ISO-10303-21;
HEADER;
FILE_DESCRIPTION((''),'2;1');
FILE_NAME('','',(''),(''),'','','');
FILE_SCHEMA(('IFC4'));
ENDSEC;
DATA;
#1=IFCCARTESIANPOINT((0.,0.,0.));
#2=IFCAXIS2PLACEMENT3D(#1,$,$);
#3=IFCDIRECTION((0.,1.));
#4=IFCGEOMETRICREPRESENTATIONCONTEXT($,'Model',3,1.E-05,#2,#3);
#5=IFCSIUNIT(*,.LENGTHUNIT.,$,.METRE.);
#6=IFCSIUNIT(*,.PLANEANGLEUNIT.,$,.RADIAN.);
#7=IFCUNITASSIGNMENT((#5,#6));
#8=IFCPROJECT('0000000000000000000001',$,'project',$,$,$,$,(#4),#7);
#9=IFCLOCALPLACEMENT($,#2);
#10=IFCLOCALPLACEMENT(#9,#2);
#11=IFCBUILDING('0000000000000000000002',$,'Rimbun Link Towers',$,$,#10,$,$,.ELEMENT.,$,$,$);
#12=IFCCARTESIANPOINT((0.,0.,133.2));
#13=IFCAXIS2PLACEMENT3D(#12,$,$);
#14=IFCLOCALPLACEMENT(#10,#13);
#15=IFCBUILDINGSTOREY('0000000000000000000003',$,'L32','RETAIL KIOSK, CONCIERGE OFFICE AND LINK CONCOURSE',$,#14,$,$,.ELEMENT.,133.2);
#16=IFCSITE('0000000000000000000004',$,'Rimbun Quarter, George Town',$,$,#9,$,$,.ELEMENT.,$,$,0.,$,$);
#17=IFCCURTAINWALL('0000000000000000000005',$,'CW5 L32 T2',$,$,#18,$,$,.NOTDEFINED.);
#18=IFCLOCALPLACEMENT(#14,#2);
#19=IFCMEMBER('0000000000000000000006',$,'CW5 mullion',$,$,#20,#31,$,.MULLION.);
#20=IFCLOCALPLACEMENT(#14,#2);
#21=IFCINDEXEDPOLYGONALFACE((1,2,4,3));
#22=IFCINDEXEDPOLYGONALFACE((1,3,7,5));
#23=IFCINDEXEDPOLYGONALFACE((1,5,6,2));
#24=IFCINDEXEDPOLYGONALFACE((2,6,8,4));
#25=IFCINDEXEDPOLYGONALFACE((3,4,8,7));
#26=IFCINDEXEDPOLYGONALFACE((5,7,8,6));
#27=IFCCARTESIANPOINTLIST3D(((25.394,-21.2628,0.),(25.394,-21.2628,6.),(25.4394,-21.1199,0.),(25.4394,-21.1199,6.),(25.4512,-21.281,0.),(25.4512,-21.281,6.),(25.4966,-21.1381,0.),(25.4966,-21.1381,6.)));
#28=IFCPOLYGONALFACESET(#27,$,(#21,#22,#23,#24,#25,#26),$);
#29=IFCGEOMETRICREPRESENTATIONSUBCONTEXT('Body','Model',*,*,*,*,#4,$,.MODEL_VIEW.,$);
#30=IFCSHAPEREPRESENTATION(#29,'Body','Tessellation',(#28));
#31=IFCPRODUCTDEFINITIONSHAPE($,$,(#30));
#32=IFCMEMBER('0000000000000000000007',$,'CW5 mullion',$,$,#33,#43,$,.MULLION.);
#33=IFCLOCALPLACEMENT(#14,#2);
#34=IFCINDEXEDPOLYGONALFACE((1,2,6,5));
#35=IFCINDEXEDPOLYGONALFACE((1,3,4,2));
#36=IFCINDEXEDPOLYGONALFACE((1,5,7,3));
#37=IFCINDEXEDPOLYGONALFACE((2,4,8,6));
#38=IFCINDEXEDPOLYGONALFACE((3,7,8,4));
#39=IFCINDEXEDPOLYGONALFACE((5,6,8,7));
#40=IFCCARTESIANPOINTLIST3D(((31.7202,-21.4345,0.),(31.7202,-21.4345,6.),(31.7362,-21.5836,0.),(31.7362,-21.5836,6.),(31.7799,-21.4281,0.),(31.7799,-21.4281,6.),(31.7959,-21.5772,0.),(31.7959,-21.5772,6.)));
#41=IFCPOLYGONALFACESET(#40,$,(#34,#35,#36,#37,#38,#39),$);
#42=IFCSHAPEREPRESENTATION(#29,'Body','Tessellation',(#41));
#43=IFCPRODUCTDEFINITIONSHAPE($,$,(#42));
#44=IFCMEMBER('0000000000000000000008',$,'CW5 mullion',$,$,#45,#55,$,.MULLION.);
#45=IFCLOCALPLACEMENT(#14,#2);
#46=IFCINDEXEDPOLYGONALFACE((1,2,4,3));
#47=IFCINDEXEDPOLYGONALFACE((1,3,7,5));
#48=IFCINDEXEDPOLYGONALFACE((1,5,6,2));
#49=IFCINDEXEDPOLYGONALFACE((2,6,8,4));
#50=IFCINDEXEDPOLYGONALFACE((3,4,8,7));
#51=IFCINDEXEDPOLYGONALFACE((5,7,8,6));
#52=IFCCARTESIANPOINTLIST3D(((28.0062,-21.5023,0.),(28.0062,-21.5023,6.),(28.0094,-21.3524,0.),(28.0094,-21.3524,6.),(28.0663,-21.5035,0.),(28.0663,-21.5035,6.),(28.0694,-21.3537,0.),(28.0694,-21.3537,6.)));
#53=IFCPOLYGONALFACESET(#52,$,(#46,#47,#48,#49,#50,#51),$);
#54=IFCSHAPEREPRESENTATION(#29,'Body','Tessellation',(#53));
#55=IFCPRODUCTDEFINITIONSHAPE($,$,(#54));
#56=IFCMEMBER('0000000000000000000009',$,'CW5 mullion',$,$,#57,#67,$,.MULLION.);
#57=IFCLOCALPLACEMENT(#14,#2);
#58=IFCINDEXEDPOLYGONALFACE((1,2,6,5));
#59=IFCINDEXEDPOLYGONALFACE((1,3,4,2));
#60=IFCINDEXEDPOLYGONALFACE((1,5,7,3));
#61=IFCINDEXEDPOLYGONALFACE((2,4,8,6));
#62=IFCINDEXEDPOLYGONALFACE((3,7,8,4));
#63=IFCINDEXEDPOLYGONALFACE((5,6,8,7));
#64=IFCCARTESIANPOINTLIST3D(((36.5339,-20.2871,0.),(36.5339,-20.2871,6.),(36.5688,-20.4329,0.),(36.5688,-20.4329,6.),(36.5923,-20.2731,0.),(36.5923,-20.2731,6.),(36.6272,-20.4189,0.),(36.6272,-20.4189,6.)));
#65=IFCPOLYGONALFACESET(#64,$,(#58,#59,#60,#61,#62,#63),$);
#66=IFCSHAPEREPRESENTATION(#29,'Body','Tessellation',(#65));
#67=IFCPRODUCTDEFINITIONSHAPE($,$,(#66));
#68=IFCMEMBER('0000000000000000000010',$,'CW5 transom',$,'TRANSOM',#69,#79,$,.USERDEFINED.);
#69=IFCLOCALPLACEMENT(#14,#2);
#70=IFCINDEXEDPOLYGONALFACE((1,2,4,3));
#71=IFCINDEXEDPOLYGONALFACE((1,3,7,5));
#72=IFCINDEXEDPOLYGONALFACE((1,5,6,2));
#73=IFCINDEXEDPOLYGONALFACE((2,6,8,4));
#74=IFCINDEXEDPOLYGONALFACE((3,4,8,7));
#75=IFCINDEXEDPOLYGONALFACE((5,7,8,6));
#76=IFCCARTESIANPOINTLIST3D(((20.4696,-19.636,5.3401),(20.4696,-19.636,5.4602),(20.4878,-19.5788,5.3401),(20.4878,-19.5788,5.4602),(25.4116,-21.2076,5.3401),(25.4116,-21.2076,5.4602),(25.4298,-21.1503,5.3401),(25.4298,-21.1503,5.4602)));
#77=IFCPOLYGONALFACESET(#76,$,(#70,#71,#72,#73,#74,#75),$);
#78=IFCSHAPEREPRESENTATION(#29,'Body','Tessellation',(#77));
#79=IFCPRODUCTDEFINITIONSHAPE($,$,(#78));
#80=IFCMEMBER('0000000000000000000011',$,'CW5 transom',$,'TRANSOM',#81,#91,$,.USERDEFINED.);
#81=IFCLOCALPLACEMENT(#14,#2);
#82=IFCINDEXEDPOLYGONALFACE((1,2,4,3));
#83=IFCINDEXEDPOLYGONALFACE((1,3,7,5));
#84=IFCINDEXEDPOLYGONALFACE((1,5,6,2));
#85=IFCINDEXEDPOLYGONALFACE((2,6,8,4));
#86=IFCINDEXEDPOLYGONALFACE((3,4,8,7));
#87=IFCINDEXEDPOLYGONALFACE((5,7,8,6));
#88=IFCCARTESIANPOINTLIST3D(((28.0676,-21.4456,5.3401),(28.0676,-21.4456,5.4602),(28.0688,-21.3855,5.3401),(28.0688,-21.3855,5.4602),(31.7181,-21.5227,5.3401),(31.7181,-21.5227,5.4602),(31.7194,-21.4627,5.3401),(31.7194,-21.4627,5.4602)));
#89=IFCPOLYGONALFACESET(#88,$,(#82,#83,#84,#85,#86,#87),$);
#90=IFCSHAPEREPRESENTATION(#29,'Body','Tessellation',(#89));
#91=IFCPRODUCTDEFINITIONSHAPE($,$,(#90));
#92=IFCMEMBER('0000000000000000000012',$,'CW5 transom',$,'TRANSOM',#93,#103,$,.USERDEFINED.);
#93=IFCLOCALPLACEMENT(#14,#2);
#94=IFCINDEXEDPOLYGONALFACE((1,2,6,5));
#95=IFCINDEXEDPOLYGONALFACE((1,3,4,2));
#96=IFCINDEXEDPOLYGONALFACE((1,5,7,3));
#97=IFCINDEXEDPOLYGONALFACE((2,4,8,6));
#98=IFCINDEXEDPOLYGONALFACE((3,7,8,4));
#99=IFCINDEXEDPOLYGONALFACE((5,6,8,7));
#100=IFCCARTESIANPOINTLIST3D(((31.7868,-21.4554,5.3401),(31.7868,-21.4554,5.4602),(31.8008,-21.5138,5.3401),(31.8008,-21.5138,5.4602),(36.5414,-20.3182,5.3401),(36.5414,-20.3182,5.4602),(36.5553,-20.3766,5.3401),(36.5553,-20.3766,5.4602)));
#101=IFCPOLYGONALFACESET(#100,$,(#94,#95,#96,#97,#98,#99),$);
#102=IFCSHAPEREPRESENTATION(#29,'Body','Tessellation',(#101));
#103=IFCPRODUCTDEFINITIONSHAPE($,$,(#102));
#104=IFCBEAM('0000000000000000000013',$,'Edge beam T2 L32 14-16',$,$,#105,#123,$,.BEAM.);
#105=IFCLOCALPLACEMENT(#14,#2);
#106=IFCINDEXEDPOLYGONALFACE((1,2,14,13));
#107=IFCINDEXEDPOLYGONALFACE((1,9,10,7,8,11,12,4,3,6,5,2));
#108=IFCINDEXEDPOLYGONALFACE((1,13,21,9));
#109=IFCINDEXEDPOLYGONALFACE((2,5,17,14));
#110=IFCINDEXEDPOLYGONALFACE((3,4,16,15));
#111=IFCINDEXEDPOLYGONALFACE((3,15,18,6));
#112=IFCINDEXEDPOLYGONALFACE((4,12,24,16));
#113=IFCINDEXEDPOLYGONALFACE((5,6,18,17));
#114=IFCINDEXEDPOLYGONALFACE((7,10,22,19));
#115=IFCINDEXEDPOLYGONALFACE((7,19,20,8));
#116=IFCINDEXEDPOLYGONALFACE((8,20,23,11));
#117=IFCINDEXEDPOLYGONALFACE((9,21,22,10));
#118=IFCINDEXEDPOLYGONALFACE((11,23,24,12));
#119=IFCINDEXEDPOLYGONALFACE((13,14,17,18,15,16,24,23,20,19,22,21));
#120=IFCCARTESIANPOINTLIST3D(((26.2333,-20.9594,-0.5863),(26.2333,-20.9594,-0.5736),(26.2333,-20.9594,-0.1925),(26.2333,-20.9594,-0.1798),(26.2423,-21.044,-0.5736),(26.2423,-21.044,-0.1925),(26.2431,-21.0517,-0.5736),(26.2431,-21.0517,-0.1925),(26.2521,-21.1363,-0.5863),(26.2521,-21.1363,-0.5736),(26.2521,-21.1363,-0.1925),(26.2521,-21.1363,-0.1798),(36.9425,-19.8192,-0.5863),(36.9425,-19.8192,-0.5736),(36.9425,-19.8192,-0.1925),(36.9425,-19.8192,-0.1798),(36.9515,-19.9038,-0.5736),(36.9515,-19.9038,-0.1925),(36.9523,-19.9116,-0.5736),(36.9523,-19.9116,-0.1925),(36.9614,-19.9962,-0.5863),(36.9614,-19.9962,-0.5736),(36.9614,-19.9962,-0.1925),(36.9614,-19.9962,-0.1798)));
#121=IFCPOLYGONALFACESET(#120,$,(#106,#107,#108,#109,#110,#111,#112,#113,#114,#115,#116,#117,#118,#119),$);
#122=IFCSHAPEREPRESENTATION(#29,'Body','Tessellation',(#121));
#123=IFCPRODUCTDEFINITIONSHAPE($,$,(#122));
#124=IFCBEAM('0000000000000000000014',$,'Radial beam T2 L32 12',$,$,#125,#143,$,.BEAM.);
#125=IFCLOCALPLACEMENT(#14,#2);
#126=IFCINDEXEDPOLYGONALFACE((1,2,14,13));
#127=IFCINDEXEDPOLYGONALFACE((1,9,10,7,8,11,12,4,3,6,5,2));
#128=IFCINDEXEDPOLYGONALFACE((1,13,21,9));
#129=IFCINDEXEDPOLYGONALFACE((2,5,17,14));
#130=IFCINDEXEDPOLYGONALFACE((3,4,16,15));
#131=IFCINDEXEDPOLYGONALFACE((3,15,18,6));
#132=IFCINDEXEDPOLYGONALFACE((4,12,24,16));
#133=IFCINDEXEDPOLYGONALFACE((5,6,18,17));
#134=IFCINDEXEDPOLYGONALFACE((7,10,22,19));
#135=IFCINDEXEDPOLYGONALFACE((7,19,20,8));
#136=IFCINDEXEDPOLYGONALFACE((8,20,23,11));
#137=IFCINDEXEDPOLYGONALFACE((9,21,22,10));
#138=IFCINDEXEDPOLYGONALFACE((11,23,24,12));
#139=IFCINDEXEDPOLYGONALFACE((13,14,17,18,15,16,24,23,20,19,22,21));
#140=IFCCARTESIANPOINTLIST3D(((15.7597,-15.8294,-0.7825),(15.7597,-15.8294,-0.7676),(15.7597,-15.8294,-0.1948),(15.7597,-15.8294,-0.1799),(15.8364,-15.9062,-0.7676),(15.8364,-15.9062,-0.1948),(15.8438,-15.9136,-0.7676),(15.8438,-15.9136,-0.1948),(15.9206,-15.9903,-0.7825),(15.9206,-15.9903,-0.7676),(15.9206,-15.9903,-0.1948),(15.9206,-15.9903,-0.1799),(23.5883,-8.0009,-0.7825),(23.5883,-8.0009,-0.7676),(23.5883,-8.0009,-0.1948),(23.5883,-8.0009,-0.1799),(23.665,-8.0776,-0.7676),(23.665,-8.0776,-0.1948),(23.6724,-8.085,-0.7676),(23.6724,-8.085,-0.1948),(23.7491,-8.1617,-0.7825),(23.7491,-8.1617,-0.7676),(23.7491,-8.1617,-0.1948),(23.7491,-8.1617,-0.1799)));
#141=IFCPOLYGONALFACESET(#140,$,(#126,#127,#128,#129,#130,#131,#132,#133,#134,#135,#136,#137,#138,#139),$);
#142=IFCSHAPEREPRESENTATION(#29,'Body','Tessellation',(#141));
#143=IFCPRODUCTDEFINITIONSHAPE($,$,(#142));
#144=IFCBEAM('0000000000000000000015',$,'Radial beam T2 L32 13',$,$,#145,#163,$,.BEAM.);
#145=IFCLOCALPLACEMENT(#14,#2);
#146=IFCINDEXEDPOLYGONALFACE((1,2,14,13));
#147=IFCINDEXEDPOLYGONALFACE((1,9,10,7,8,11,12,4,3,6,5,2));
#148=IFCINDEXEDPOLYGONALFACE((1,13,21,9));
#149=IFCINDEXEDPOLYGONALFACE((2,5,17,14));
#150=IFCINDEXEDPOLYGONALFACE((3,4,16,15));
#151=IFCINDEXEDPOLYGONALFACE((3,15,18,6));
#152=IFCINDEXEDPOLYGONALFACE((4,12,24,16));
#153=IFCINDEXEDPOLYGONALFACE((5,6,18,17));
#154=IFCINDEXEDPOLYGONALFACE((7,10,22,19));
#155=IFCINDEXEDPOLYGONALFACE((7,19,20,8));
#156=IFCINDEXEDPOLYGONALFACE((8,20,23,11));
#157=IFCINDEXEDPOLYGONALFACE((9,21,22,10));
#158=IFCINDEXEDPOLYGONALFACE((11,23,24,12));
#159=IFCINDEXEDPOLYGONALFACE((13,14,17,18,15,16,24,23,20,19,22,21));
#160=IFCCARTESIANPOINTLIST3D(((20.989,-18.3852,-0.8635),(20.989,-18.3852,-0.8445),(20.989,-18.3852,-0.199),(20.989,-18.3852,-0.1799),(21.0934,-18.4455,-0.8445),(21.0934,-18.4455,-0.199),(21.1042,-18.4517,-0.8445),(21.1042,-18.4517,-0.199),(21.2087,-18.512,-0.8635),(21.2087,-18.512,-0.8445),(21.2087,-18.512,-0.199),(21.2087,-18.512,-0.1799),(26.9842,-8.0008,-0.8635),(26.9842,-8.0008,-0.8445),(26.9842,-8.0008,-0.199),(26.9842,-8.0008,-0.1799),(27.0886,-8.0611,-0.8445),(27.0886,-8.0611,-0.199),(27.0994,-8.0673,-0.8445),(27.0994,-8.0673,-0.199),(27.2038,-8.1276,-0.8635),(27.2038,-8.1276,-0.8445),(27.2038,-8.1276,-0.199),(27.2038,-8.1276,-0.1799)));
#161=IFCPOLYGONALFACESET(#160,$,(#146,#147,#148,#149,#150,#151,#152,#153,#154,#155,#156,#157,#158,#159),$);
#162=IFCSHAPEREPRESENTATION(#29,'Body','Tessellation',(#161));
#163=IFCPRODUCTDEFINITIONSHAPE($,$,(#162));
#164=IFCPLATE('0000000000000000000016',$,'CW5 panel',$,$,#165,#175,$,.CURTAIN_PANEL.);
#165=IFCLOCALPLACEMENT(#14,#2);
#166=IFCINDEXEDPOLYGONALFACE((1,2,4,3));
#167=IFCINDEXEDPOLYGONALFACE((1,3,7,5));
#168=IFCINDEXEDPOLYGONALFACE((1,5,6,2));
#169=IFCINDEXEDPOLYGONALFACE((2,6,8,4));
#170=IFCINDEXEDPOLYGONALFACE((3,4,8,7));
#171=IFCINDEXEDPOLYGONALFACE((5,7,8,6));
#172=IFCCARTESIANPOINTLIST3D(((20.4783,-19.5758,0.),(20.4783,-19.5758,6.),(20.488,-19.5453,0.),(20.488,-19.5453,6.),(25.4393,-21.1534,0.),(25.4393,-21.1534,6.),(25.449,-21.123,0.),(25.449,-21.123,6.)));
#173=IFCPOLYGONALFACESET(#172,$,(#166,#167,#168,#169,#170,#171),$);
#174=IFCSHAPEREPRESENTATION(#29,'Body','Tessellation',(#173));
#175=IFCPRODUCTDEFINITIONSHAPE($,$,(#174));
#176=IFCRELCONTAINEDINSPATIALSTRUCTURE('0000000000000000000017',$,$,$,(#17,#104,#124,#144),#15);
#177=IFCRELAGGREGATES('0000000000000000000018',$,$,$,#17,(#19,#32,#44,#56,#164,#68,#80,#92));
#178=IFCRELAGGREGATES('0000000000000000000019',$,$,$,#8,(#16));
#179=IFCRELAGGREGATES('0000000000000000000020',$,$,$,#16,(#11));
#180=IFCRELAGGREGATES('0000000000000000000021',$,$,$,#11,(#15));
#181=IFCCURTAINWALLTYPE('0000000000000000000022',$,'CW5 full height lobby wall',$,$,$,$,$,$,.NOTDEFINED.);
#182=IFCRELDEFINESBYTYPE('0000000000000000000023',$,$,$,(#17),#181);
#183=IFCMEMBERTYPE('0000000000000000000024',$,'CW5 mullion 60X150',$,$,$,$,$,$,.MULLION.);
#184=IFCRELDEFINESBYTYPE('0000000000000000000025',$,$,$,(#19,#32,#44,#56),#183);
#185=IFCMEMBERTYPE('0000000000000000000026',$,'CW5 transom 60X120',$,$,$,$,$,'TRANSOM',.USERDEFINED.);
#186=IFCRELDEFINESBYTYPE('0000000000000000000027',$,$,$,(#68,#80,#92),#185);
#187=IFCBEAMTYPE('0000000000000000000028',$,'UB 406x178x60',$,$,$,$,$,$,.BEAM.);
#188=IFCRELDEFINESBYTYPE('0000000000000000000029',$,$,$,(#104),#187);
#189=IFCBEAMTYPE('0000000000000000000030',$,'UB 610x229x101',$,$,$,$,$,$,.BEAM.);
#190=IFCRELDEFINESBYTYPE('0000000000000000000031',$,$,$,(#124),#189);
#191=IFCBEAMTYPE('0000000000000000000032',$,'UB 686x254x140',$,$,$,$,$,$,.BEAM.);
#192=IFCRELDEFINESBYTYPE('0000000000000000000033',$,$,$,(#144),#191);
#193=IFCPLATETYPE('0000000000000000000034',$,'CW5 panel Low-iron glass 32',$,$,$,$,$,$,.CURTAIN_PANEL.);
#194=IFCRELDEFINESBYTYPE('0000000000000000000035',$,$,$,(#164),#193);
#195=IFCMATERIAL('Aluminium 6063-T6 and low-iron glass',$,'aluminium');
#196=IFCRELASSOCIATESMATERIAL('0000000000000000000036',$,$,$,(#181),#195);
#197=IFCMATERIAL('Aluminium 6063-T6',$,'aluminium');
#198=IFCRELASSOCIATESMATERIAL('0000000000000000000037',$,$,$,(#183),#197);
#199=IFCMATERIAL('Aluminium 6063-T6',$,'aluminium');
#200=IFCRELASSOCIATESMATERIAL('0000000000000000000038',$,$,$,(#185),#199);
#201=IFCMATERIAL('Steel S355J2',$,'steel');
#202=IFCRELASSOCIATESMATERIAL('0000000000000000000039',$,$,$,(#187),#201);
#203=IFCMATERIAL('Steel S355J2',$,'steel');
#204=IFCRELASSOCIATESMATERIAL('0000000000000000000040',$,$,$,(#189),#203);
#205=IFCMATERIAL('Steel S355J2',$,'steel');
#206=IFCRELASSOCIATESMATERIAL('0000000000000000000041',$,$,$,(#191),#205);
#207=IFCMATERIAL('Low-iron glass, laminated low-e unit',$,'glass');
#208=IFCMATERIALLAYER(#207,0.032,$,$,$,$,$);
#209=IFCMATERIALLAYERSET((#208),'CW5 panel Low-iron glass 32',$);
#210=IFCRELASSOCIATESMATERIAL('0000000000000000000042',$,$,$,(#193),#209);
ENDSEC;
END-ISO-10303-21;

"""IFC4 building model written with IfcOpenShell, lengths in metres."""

from ifc_helpers import new_model, si_unit, direction, frame, origin, origin_2d, place, context, subcontext, project, spatial, rectangle, i_section, extrude, material, layer, layer_set, material_profile, profile_set, type_object, element, aggregate, save


model = new_model("IFC4")

# Units and contexts
model_context = context("Model", 3, precision=1e-05, world=origin(), true_north=direction((0.0, 1.0)))
body_context = subcontext(model_context, "Body", "Model", "MODEL_VIEW")
ifc_project = project(units=[si_unit("LENGTHUNIT", "METRE"), si_unit("PLANEANGLEUNIT", "RADIAN")], contexts=[model_context])

# Site, building, storey
site_placement = place(None, origin())
site = spatial("IfcSite", under=ifc_project, at=site_placement, Name="Rimbun Quarter, George Town", CompositionType="ELEMENT", RefElevation=0.0)
building_placement = place(site_placement, origin())
building = spatial("IfcBuilding", under=site, at=building_placement, Name="Rimbun Link Towers", CompositionType="ELEMENT")
storey_placement = place(building_placement, frame((0.0, 0.0, 133.2)))
storey = spatial("IfcBuildingStorey", under=building, at=storey_placement, Name="L32", Description="RETAIL KIOSK, CONCIERGE OFFICE AND LINK CONCOURSE", CompositionType="ELEMENT", Elevation=133.2)

# Curtain wall, members
ifc_material_1 = material(Name="Aluminium 6063-T6 and low-iron glass", Category="aluminium")
curtain_wall_type = type_object("IfcCurtainWallType", Name="CW5 full height lobby wall", PredefinedType="NOTDEFINED", material=ifc_material_1)
curtain_wall_placement = place(storey_placement, origin())
curtain_wall = element("IfcCurtainWall", 1, at=curtain_wall_placement, inside=storey, type_object=curtain_wall_type, Name="CW5 L32 T2", PredefinedType="NOTDEFINED")
ifc_material_2 = material(Name="Aluminium 6063-T6", Category="aluminium")
ifc_material_profile_1 = material_profile(ifc_material_2, rectangle(XDim=0.1499, YDim=0.0601, at=origin_2d()), Name="MULLION 60X150")
ifc_profile_set_1 = profile_set([ifc_material_profile_1], Name="Aluminium 6063-T6")
member_type_1 = type_object("IfcMemberType", Name="CW5 mullion 60X150", PredefinedType="MULLION", material=ifc_profile_set_1)
member_1_placement = place(storey_placement, frame((25.4453, -21.2004, 0.0), z_axis=(0.0, 0.0, 1.0), x_axis=(-0.30306, -0.952972, 0.0)))
member_1 = element("IfcMember", 2, at=member_1_placement, type_object=member_type_1, Name="CW5 mullion", PredefinedType="MULLION", context=body_context, shape_type="SweptSolid", body=[
    extrude(rectangle(XDim=0.1499, YDim=0.0601, at=origin_2d()), origin(), (0.0, 0.0, 1.0), 6.0),
])
member_2_placement = place(storey_placement, frame((31.7581, -21.5059, 0.0), z_axis=(0.0, 0.0, 1.0), x_axis=(0.106633, -0.994298, 0.0)))
member_2 = element("IfcMember", 3, at=member_2_placement, type_object=member_type_1, Name="CW5 mullion", PredefinedType="MULLION", context=body_context, shape_type="SweptSolid", body=[
    extrude(rectangle(XDim=0.1499, YDim=0.0601, at=origin_2d()), origin(), (0.0, 0.0, 1.0), 6.0),
])
member_3_placement = place(storey_placement, frame((28.0378, -21.428, 0.0), z_axis=(0.0, 0.0, 1.0), x_axis=(-0.021063, -0.999778, 0.0)))
member_3 = element("IfcMember", 4, at=member_3_placement, type_object=member_type_1, Name="CW5 mullion", PredefinedType="MULLION", context=body_context, shape_type="SweptSolid", body=[
    extrude(rectangle(XDim=0.1499, YDim=0.0601, at=origin_2d()), origin(), (0.0, 0.0, 1.0), 6.0),
])
member_4_placement = place(storey_placement, frame((36.5806, -20.353, 0.0), z_axis=(0.0, 0.0, 1.0), x_axis=(0.232588, -0.972575, 0.0)))
member_4 = element("IfcMember", 5, at=member_4_placement, type_object=member_type_1, Name="CW5 mullion", PredefinedType="MULLION", context=body_context, shape_type="SweptSolid", body=[
    extrude(rectangle(XDim=0.1499, YDim=0.0601, at=origin_2d()), origin(), (0.0, 0.0, 1.0), 6.0),
])
ifc_material_3 = material(Name="Aluminium 6063-T6", Category="aluminium")
ifc_material_profile_2 = material_profile(ifc_material_3, rectangle(XDim=0.0601, YDim=0.1201, at=origin_2d()), Name="TRANSOM 60X120")
ifc_profile_set_2 = profile_set([ifc_material_profile_2], Name="Aluminium 6063-T6")
member_type_2 = type_object("IfcMemberType", Name="CW5 transom 60X120", ElementType="TRANSOM", PredefinedType="USERDEFINED", material=ifc_profile_set_2)
member_5_placement = place(storey_placement, frame((25.4207, -21.179, 5.4001), z_axis=(-0.952975, 0.303048, 0.0), x_axis=(-0.303048, -0.952975, 0.0)))
member_5 = element("IfcMember", 6, at=member_5_placement, type_object=member_type_2, Name="CW5 transom", ObjectType="TRANSOM", PredefinedType="USERDEFINED", context=body_context, shape_type="SweptSolid", body=[
    extrude(rectangle(XDim=0.0601, YDim=0.1201, at=origin_2d()), origin(), (0.0, 0.0, 1.0), 5.1858),
])
member_6_placement = place(storey_placement, frame((31.7188, -21.4927, 5.4001), z_axis=(-0.999777, 0.021128, 0.0), x_axis=(-0.021128, -0.999777, 0.0)))
member_6 = element("IfcMember", 7, at=member_6_placement, type_object=member_type_2, Name="CW5 transom", ObjectType="TRANSOM", PredefinedType="USERDEFINED", context=body_context, shape_type="SweptSolid", body=[
    extrude(rectangle(XDim=0.0601, YDim=0.1201, at=origin_2d()), origin(), (0.0, 0.0, 1.0), 3.6514),
])
member_7_placement = place(storey_placement, frame((36.5483, -20.3474, 5.4001), z_axis=(-0.972568, -0.232617, 0.0), x_axis=(0.232617, -0.972568, 0.0)))
member_7 = element("IfcMember", 8, at=member_7_placement, type_object=member_type_2, Name="CW5 transom", ObjectType="TRANSOM", PredefinedType="USERDEFINED", context=body_context, shape_type="SweptSolid", body=[
    extrude(rectangle(XDim=0.0601, YDim=0.1201, at=origin_2d()), origin(), (0.0, 0.0, 1.0), 4.8887),
])

# Beams
ifc_material_4 = material(Name="Steel S355J2", Category="steel")
ifc_material_profile_3 = material_profile(ifc_material_4, i_section(OverallWidth=0.178, OverallDepth=0.4065, WebThickness=0.0078, FlangeThickness=0.0127, at=origin_2d()), Name="UB 406x178x60")
ifc_profile_set_3 = profile_set([ifc_material_profile_3], Name="Steel S355J2")
beam_type_1 = type_object("IfcBeamType", Name="UB 406x178x60", PredefinedType="BEAM", material=ifc_profile_set_3)
beam_1_placement = place(storey_placement, frame((26.2427, -21.0479, -0.3831), z_axis=(0.994381, 0.105865, 0.0), x_axis=(-0.105865, 0.994381, 0.0)))
element("IfcBeam", 9, at=beam_1_placement, inside=storey, type_object=beam_type_1, Name="Edge beam T2 L32 14-16", PredefinedType="BEAM", context=body_context, shape_type="SweptSolid", body=[
    extrude(i_section(OverallWidth=0.178, OverallDepth=0.4065, WebThickness=0.0078, FlangeThickness=0.0127, at=origin_2d()), origin(), (0.0, 0.0, 1.0), 10.7698),
])
ifc_material_5 = material(Name="Steel S355J2", Category="steel")
ifc_material_profile_4 = material_profile(ifc_material_5, i_section(OverallWidth=0.2275, OverallDepth=0.6025, WebThickness=0.0105, FlangeThickness=0.0149, at=origin_2d()), Name="UB 610x229x101")
ifc_profile_set_4 = profile_set([ifc_material_profile_4], Name="Steel S355J2")
beam_type_2 = type_object("IfcBeamType", Name="UB 610x229x101", PredefinedType="BEAM", material=ifc_profile_set_4)
beam_2_placement = place(storey_placement, frame((23.6687, -8.0813, -0.4812), z_axis=(-0.707107, -0.707107, 0.0), x_axis=(0.707107, -0.707107, 0.0)))
element("IfcBeam", 10, at=beam_2_placement, inside=storey, type_object=beam_type_2, Name="Radial beam T2 L32 12", PredefinedType="BEAM", context=body_context, shape_type="SweptSolid", body=[
    extrude(i_section(OverallWidth=0.2275, OverallDepth=0.6025, WebThickness=0.0105, FlangeThickness=0.0149, at=origin_2d()), origin(), (0.0, 0.0, 1.0), 11.0713),
])
ifc_material_6 = material(Name="Steel S355J2", Category="steel")
ifc_material_profile_5 = material_profile(ifc_material_6, i_section(OverallWidth=0.2537, OverallDepth=0.6836, WebThickness=0.0125, FlangeThickness=0.019, at=origin_2d()), Name="UB 686x254x140")
ifc_profile_set_5 = profile_set([ifc_material_profile_5], Name="Steel S355J2")
beam_type_3 = type_object("IfcBeamType", Name="UB 686x254x140", PredefinedType="BEAM", material=ifc_profile_set_5)
beam_3_placement = place(storey_placement, frame((27.094, -8.0642, -0.5217), z_axis=(-0.499984, -0.866034, 0.0), x_axis=(0.866034, -0.499984, 0.0)))
element("IfcBeam", 11, at=beam_3_placement, inside=storey, type_object=beam_type_3, Name="Radial beam T2 L32 13", PredefinedType="BEAM", context=body_context, shape_type="SweptSolid", body=[
    extrude(i_section(OverallWidth=0.2537, OverallDepth=0.6836, WebThickness=0.0125, FlangeThickness=0.019, at=origin_2d()), origin(), (0.0, 0.0, 1.0), 11.9907),
])

# Plate
ifc_material_7 = material(Name="Low-iron glass, laminated low-e unit", Category="glass")
ifc_layer_1 = layer(ifc_material_7, 0.032)
ifc_layer_set_1 = layer_set([ifc_layer_1], Name="CW5 panel Low-iron glass 32")
plate_type = type_object("IfcPlateType", Name="CW5 panel Low-iron glass 32", PredefinedType="CURTAIN_PANEL", material=ifc_layer_set_1)
plate_1_placement = place(storey_placement, frame((22.9636, -20.3494, 0.0), z_axis=(0.0, 0.0, 1.0), x_axis=(-0.952972, 0.30306, 0.0)))
plate_1 = element("IfcPlate", 12, at=plate_1_placement, type_object=plate_type, Name="CW5 panel", PredefinedType="CURTAIN_PANEL", context=body_context, shape_type="SweptSolid", body=[
    extrude(rectangle(XDim=5.2058, YDim=0.032, at=origin_2d()), origin(), (0.0, 0.0, 1.0), 6.0),
])
aggregate(curtain_wall, [member_1, member_2, member_3, member_4, plate_1, member_5, member_6, member_7])

save(model, "model.ifc")
